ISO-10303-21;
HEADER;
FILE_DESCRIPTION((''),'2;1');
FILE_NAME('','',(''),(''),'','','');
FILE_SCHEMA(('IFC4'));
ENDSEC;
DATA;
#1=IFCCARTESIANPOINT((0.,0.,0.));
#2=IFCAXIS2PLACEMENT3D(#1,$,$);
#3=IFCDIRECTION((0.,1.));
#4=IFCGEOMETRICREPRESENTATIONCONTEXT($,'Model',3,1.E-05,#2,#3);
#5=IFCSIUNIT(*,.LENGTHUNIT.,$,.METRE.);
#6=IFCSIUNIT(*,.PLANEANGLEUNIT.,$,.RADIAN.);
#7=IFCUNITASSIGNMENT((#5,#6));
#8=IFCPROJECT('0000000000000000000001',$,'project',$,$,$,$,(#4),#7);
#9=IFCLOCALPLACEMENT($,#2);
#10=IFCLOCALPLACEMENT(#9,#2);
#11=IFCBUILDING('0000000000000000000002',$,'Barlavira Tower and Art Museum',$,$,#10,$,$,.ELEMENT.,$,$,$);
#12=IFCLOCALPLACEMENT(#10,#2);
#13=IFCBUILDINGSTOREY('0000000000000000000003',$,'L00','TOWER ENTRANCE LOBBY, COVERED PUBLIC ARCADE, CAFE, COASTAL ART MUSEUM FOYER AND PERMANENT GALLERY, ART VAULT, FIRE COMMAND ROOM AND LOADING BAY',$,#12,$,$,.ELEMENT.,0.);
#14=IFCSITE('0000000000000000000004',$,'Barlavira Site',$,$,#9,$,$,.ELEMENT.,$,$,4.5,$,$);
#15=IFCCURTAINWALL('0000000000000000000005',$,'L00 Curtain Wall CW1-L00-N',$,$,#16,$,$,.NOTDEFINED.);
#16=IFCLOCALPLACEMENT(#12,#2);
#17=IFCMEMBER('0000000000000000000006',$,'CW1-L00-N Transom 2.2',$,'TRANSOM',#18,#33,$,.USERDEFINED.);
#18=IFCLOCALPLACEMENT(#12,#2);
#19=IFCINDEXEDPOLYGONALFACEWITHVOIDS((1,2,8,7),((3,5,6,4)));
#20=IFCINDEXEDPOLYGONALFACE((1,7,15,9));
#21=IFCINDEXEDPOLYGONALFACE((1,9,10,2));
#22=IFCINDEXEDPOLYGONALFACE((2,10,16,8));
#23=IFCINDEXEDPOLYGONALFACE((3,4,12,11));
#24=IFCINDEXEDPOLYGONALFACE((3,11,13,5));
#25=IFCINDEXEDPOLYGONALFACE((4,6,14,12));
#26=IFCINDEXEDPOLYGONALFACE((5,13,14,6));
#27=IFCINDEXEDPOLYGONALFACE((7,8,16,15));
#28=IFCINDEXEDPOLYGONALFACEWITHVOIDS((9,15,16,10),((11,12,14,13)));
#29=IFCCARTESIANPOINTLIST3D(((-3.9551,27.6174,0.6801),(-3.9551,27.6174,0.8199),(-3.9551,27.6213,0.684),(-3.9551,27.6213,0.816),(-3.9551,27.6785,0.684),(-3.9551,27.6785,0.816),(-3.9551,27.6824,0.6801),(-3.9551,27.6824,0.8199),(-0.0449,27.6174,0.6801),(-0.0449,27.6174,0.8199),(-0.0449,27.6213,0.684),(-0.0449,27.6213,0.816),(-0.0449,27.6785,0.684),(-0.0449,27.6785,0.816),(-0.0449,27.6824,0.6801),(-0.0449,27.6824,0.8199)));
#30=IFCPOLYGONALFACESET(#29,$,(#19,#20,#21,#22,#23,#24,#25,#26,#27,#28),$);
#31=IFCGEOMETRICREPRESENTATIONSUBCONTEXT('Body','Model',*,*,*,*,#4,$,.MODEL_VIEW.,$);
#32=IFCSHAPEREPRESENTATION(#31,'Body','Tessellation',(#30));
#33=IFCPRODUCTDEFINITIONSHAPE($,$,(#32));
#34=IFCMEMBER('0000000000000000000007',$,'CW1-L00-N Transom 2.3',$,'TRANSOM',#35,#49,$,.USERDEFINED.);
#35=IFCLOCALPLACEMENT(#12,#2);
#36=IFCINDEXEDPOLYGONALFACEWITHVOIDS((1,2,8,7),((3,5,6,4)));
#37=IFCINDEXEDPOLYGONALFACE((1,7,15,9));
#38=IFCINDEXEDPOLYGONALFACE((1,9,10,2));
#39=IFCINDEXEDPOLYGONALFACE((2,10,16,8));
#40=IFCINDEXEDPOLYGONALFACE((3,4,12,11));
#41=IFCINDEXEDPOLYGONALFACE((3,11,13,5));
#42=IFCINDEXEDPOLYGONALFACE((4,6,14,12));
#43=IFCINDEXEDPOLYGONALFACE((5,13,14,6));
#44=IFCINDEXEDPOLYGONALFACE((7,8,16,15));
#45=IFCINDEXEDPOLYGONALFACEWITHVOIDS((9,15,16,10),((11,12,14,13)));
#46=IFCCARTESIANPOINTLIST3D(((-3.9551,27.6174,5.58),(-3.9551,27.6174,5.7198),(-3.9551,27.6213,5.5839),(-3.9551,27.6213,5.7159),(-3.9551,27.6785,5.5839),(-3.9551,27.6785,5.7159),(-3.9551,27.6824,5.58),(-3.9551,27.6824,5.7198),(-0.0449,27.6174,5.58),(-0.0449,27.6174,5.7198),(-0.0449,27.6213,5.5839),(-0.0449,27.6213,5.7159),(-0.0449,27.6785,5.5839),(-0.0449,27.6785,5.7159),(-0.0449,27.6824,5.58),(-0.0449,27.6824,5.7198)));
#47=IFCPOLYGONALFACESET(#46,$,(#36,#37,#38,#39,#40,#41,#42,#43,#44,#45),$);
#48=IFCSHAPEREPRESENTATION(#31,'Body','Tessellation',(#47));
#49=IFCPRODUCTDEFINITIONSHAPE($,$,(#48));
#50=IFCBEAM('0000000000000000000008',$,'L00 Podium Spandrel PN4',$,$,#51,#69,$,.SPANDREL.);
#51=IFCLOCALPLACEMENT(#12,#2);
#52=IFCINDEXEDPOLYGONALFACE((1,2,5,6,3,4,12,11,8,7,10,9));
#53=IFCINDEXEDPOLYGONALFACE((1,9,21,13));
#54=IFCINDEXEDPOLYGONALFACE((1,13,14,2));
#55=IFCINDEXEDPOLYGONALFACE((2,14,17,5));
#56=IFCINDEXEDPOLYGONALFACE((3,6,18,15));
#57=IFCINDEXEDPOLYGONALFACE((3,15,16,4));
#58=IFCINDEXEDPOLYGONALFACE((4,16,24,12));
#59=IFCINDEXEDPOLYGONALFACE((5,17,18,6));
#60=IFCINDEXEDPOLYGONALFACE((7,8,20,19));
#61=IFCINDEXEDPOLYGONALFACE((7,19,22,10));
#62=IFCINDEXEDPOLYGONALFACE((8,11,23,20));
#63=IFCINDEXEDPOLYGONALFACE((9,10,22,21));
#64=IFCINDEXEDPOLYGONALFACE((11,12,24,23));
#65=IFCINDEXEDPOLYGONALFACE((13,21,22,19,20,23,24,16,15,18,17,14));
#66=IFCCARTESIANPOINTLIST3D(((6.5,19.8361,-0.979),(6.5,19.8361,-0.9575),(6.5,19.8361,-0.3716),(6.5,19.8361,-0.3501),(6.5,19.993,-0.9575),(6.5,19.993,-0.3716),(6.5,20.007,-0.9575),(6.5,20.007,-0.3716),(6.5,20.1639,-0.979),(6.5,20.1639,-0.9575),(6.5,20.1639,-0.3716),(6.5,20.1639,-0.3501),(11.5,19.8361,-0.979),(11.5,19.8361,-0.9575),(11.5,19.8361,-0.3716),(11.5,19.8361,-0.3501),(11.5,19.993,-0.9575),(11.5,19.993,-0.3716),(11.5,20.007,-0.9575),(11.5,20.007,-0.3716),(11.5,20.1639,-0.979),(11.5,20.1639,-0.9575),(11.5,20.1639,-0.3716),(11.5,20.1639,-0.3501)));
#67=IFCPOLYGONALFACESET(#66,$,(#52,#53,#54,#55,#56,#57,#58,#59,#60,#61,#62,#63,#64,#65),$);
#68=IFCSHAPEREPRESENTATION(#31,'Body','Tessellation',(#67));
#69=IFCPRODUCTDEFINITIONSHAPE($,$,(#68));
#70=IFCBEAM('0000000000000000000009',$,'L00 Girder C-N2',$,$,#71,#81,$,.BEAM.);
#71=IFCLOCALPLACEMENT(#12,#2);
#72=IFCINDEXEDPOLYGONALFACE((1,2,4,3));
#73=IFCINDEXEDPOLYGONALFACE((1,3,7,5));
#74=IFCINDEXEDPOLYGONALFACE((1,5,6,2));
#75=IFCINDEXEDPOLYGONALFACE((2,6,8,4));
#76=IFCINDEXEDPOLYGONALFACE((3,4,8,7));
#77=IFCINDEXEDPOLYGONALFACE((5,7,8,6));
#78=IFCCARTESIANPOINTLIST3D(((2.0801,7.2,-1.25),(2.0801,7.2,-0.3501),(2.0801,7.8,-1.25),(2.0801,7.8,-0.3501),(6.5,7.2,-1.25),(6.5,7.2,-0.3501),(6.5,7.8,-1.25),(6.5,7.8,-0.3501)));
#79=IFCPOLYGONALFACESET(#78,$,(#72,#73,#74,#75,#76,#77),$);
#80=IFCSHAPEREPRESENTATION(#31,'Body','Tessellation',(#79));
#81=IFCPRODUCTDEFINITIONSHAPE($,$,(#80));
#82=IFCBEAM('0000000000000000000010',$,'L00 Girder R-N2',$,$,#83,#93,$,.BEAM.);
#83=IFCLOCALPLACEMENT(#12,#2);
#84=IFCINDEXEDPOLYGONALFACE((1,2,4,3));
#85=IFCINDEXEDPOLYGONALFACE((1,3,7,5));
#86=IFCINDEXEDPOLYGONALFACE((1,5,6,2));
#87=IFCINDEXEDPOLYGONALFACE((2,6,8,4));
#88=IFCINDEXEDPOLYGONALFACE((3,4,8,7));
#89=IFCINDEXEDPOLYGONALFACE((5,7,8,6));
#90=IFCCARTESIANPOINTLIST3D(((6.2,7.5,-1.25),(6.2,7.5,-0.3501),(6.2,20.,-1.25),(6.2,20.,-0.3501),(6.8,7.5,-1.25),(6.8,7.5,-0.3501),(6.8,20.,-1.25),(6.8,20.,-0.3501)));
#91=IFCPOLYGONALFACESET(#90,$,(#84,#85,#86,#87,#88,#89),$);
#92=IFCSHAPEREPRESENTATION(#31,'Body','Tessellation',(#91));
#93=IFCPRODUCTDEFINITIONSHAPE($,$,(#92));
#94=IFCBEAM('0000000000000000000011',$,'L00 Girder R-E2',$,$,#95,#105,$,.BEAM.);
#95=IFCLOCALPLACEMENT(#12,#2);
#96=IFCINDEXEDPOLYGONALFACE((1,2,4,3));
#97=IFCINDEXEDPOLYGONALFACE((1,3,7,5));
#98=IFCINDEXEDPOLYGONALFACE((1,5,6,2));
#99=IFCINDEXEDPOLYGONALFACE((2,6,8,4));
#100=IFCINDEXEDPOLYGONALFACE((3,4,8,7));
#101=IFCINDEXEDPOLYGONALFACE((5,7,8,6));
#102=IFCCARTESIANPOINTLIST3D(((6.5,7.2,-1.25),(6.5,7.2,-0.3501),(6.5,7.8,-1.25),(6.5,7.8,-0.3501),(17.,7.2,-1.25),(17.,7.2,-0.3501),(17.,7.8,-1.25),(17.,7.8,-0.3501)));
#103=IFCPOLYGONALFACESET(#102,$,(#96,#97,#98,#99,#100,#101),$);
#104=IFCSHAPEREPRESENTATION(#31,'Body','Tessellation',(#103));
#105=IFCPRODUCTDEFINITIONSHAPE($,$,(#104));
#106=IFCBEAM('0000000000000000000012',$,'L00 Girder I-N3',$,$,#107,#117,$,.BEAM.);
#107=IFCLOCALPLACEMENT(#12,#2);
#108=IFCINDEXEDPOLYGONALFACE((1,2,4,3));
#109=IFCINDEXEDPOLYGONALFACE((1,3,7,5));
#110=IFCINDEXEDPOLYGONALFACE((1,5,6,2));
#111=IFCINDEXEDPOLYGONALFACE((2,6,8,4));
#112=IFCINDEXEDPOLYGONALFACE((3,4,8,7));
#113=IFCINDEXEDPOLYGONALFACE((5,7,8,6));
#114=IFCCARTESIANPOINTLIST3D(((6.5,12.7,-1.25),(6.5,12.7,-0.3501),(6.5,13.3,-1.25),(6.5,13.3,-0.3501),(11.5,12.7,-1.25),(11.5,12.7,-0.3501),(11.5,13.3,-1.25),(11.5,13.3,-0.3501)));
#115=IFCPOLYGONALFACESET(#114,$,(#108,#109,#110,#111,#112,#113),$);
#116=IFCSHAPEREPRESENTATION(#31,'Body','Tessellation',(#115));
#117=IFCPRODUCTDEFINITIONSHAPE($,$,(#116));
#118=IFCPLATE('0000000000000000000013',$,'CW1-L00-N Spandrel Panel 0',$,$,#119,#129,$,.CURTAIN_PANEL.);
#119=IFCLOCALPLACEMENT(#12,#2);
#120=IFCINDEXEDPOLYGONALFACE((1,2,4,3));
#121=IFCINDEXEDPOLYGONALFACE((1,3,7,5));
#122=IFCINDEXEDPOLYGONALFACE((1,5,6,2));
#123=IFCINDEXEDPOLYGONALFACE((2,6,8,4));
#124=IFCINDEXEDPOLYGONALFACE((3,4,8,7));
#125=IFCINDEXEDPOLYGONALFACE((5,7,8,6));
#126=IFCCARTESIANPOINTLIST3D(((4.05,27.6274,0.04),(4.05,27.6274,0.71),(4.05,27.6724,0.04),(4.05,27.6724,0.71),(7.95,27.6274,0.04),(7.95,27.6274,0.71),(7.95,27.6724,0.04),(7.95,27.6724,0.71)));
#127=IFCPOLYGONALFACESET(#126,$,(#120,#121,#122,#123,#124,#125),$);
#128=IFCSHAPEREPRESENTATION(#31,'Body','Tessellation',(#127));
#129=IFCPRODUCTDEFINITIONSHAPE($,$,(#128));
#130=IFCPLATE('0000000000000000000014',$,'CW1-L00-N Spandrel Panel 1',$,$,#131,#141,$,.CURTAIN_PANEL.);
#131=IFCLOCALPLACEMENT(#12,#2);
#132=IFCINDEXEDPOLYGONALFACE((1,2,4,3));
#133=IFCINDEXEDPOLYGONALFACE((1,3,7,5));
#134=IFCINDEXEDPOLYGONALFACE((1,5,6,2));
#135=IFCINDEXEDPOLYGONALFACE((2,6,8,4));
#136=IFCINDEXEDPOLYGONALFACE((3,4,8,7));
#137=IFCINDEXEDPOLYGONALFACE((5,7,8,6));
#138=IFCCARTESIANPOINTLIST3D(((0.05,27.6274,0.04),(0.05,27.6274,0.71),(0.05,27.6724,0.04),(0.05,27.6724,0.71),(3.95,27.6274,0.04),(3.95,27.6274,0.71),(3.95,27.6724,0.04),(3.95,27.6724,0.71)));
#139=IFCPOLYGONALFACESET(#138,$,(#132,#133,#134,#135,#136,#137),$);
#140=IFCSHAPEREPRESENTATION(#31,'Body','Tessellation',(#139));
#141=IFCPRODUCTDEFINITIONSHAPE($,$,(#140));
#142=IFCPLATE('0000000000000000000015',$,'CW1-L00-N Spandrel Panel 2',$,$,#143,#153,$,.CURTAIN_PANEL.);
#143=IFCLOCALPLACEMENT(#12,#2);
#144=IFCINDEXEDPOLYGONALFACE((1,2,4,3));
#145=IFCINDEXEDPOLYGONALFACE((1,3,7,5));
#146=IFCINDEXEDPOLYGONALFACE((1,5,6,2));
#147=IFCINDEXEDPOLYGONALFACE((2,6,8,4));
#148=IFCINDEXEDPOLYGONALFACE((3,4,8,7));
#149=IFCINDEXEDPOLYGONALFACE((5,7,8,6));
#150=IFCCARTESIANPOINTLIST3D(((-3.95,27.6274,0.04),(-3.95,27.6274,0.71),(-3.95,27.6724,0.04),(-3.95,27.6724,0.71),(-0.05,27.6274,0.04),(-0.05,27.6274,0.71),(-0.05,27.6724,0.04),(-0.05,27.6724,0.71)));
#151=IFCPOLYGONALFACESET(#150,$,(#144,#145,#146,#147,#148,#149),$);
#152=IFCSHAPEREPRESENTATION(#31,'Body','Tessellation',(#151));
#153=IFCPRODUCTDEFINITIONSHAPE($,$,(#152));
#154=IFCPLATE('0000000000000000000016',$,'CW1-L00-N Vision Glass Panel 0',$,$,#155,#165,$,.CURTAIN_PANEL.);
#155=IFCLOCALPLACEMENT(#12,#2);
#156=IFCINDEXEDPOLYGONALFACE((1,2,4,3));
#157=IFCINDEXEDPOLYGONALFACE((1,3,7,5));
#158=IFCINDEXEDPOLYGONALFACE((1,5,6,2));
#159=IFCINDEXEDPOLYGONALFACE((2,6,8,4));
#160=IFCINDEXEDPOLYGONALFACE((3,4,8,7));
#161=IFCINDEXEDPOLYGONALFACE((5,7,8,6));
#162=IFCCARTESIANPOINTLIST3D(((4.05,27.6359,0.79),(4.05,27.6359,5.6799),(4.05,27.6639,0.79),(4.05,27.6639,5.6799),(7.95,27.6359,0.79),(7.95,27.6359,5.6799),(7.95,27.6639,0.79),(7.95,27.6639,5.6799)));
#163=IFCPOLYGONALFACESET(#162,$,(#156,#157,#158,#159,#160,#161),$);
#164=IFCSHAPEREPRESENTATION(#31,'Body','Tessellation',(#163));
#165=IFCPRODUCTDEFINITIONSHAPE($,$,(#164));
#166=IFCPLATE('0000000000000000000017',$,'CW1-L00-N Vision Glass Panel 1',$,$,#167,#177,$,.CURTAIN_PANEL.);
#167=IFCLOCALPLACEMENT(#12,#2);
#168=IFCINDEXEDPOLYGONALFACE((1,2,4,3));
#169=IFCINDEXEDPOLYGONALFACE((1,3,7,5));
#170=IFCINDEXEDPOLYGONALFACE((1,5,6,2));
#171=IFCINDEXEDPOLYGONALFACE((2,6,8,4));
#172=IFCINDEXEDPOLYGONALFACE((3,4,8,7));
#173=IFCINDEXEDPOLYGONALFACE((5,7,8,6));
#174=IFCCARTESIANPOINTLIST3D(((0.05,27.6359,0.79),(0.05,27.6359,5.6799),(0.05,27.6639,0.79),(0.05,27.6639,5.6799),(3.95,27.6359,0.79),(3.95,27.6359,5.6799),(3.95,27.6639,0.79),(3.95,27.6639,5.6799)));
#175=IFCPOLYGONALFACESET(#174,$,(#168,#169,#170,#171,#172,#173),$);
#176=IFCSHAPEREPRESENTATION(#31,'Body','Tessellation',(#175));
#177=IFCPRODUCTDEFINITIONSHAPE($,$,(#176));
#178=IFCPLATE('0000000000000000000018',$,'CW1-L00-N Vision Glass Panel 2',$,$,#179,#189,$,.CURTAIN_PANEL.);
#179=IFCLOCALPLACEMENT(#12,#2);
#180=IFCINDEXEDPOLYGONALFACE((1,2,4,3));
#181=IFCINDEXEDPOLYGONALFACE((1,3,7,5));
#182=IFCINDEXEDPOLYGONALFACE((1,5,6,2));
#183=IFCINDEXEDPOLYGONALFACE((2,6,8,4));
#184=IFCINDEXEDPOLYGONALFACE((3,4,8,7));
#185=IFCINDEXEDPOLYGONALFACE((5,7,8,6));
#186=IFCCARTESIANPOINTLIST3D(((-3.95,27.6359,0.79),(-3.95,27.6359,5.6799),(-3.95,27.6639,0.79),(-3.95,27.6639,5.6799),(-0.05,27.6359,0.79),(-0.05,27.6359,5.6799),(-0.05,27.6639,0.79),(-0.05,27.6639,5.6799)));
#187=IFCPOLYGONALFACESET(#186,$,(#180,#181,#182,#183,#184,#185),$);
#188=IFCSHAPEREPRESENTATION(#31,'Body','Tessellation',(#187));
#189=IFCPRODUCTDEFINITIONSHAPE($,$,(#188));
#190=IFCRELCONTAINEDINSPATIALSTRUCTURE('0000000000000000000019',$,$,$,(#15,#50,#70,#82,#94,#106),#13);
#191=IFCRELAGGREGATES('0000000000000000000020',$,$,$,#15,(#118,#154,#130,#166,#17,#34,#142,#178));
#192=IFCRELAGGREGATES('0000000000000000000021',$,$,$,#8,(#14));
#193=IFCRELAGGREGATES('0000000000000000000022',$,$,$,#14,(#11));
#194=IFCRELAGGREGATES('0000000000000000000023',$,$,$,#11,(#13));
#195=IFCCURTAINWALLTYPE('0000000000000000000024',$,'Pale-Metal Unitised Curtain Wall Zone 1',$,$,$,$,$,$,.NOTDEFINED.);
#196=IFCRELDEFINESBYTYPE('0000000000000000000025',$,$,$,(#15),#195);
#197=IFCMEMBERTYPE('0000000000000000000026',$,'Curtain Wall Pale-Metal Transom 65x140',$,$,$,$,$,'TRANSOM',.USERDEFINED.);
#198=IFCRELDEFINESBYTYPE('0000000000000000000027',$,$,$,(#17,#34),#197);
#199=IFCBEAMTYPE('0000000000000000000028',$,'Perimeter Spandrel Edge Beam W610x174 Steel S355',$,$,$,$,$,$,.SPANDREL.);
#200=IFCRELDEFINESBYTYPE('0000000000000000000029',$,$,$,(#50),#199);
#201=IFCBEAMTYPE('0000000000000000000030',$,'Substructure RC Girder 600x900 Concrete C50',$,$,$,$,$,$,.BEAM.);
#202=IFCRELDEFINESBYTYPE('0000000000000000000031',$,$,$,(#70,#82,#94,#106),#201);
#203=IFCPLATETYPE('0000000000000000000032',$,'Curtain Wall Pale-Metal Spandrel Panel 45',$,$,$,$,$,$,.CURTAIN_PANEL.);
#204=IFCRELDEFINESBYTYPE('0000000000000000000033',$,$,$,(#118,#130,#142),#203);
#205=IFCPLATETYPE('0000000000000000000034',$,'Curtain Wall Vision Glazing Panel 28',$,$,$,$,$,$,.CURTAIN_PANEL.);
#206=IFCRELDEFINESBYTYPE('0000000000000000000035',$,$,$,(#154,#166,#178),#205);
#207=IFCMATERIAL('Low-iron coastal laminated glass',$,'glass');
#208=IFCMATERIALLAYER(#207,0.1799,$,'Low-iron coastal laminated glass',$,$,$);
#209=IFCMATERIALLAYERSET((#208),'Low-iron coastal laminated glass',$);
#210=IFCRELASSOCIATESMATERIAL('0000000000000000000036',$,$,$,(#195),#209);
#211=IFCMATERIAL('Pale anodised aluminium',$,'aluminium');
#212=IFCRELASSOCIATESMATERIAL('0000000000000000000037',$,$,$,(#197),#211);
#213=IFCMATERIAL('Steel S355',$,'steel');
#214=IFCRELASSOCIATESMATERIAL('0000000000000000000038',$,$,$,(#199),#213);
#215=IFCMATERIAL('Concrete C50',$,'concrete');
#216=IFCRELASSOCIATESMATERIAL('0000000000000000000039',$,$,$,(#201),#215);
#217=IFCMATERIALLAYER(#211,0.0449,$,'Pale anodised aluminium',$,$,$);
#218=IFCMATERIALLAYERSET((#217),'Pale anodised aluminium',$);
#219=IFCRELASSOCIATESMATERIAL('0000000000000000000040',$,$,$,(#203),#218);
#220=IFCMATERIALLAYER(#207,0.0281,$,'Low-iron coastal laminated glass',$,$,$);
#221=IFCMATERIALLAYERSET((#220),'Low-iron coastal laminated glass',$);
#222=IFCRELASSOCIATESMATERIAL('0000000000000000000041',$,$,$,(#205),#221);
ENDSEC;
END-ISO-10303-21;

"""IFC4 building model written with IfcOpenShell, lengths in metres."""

from ifc_helpers import new_model, si_unit, direction, frame, origin, origin_2d, place, context, subcontext, project, spatial, rectangle, hollow_rectangle, i_section, extrude, material, layer, layer_set, material_profile, profile_set, type_object, element, aggregate, save


model = new_model("IFC4")

# Units and contexts
model_context = context("Model", 3, precision=1e-05, world=origin(), true_north=direction((0.0, 1.0)))
body_context = subcontext(model_context, "Body", "Model", "MODEL_VIEW")
ifc_project = project(units=[si_unit("LENGTHUNIT", "METRE"), si_unit("PLANEANGLEUNIT", "RADIAN")], contexts=[model_context])

# Site, building, storey
site_placement = place(None, origin())
site = spatial("IfcSite", under=ifc_project, at=site_placement, Name="Barlavira Site", CompositionType="ELEMENT", RefElevation=4.5)
building_placement = place(site_placement, origin())
building = spatial("IfcBuilding", under=site, at=building_placement, Name="Barlavira Tower and Art Museum", CompositionType="ELEMENT")
storey_placement = place(building_placement, origin())
storey = spatial("IfcBuildingStorey", under=building, at=storey_placement, Name="L00", Description="TOWER ENTRANCE LOBBY, COVERED PUBLIC ARCADE, CAFE, COASTAL ART MUSEUM FOYER AND PERMANENT GALLERY, ART VAULT, FIRE COMMAND ROOM AND LOADING BAY", CompositionType="ELEMENT", Elevation=0.0)

# Shared definitions
ifc_material_1 = material(Name="Steel S355", Category="steel")
ifc_material_2 = material(Name="Concrete C50", Category="concrete")

# Curtain wall, members
ifc_material_3 = material(Name="Low-iron coastal laminated glass", Category="glass")
ifc_layer_1 = layer(ifc_material_3, 0.1799, Name="Low-iron coastal laminated glass")
ifc_layer_set_1 = layer_set([ifc_layer_1], Name="Low-iron coastal laminated glass")
curtain_wall_type = type_object("IfcCurtainWallType", Name="Pale-Metal Unitised Curtain Wall Zone 1", PredefinedType="NOTDEFINED", material=ifc_layer_set_1)
curtain_wall_placement = place(storey_placement, origin())
curtain_wall = element("IfcCurtainWall", 1, at=curtain_wall_placement, inside=storey, type_object=curtain_wall_type, Name="L00 Curtain Wall CW1-L00-N", PredefinedType="NOTDEFINED")
ifc_material_4 = material(Name="Pale anodised aluminium", Category="aluminium")
ifc_material_profile_1 = material_profile(ifc_material_4, hollow_rectangle(XDim=0.0649, YDim=0.1399, WallThickness=0.0039, at=origin_2d()), Name="ALU-TRAN 65x140x4")
ifc_profile_set_1 = profile_set([ifc_material_profile_1], Name="Pale anodised aluminium")
member_type_1 = type_object("IfcMemberType", Name="Curtain Wall Pale-Metal Transom 65x140", ElementType="TRANSOM", PredefinedType="USERDEFINED", material=ifc_profile_set_1)
member_1_placement = place(storey_placement, frame((-0.0449, 27.6499, 0.75), z_axis=(-1.0, 0.0, 0.0), x_axis=(0.0, -1.0, 0.0)))
member_1 = element("IfcMember", 2, at=member_1_placement, type_object=member_type_1, Name="CW1-L00-N Transom 2.2", ObjectType="TRANSOM", PredefinedType="USERDEFINED", context=body_context, shape_type="SweptSolid", body=[
    extrude(hollow_rectangle(XDim=0.0649, YDim=0.1399, WallThickness=0.0039, at=origin_2d()), origin(), (0.0, 0.0, 1.0), 3.9102),
])
member_2_placement = place(storey_placement, frame((-0.0449, 27.6499, 5.6499), z_axis=(-1.0, 0.0, 0.0), x_axis=(0.0, -1.0, 0.0)))
member_2 = element("IfcMember", 3, at=member_2_placement, type_object=member_type_1, Name="CW1-L00-N Transom 2.3", ObjectType="TRANSOM", PredefinedType="USERDEFINED", context=body_context, shape_type="SweptSolid", body=[
    extrude(hollow_rectangle(XDim=0.0649, YDim=0.1399, WallThickness=0.0039, at=origin_2d()), origin(), (0.0, 0.0, 1.0), 3.9102),
])

# Beams
ifc_material_profile_2 = material_profile(ifc_material_1, i_section(OverallWidth=0.3279, OverallDepth=0.6289, WebThickness=0.0139, FlangeThickness=0.0215, at=origin_2d()), Name="W610x174.0")
ifc_profile_set_2 = profile_set([ifc_material_profile_2], Name="Steel S355")
beam_type_1 = type_object("IfcBeamType", Name="Perimeter Spandrel Edge Beam W610x174 Steel S355", PredefinedType="SPANDREL", material=ifc_profile_set_2)
beam_1_placement = place(storey_placement, frame((6.5, 20.0, -0.6646), z_axis=(1.0, 0.0, 0.0), x_axis=(0.0, 1.0, 0.0)))
element("IfcBeam", 4, at=beam_1_placement, inside=storey, type_object=beam_type_1, Name="L00 Podium Spandrel PN4", PredefinedType="SPANDREL", context=body_context, shape_type="SweptSolid", body=[
    extrude(i_section(OverallWidth=0.3279, OverallDepth=0.6289, WebThickness=0.0139, FlangeThickness=0.0215, at=origin_2d()), origin(), (0.0, 0.0, 1.0), 5.0),
])
ifc_material_profile_3 = material_profile(ifc_material_2, rectangle(XDim=0.6001, YDim=0.8999, at=origin_2d()), Name="RC-BM 600x900")
ifc_profile_set_3 = profile_set([ifc_material_profile_3], Name="Concrete C50")
beam_type_2 = type_object("IfcBeamType", Name="Substructure RC Girder 600x900 Concrete C50", PredefinedType="BEAM", material=ifc_profile_set_3)
beam_2_placement = place(storey_placement, frame((2.0801, 7.5, -0.8), z_axis=(1.0, 0.0, 0.0), x_axis=(0.0, 1.0, 0.0)))
element("IfcBeam", 5, at=beam_2_placement, inside=storey, type_object=beam_type_2, Name="L00 Girder C-N2", PredefinedType="BEAM", context=body_context, shape_type="SweptSolid", body=[
    extrude(rectangle(XDim=0.6001, YDim=0.8999, at=origin_2d()), origin(), (0.0, 0.0, 1.0), 4.4199),
])
beam_3_placement = place(storey_placement, frame((6.5, 7.5, -0.8), z_axis=(0.0, 1.0, 0.0), x_axis=(-1.0, 0.0, 0.0)))
element("IfcBeam", 6, at=beam_3_placement, inside=storey, type_object=beam_type_2, Name="L00 Girder R-N2", PredefinedType="BEAM", context=body_context, shape_type="SweptSolid", body=[
    extrude(rectangle(XDim=0.6001, YDim=0.8999, at=origin_2d()), origin(), (0.0, 0.0, 1.0), 12.5),
])
beam_4_placement = place(storey_placement, frame((6.5, 7.5, -0.8), z_axis=(1.0, 0.0, 0.0), x_axis=(0.0, 1.0, 0.0)))
element("IfcBeam", 7, at=beam_4_placement, inside=storey, type_object=beam_type_2, Name="L00 Girder R-E2", PredefinedType="BEAM", context=body_context, shape_type="SweptSolid", body=[
    extrude(rectangle(XDim=0.6001, YDim=0.8999, at=origin_2d()), origin(), (0.0, 0.0, 1.0), 10.5),
])
beam_5_placement = place(storey_placement, frame((6.5, 13.0, -0.8), z_axis=(1.0, 0.0, 0.0), x_axis=(0.0, 1.0, 0.0)))
element("IfcBeam", 8, at=beam_5_placement, inside=storey, type_object=beam_type_2, Name="L00 Girder I-N3", PredefinedType="BEAM", context=body_context, shape_type="SweptSolid", body=[
    extrude(rectangle(XDim=0.6001, YDim=0.8999, at=origin_2d()), origin(), (0.0, 0.0, 1.0), 5.0),
])

# Plates
ifc_layer_2 = layer(ifc_material_4, 0.0449, Name="Pale anodised aluminium")
ifc_layer_set_2 = layer_set([ifc_layer_2], Name="Pale anodised aluminium")
plate_type_1 = type_object("IfcPlateType", Name="Curtain Wall Pale-Metal Spandrel Panel 45", PredefinedType="CURTAIN_PANEL", material=ifc_layer_set_2)
plate_1_placement = place(storey_placement, frame((6.0, 27.6499, 0.04), z_axis=(0.0, 0.0, 1.0), x_axis=(-1.0, 0.0, 0.0)))
plate_1 = element("IfcPlate", 9, at=plate_1_placement, type_object=plate_type_1, Name="CW1-L00-N Spandrel Panel 0", PredefinedType="CURTAIN_PANEL", context=body_context, shape_type="SweptSolid", body=[
    extrude(rectangle(XDim=3.8999, YDim=0.0449, at=origin_2d()), origin(), (0.0, 0.0, 1.0), 0.6699),
])
plate_2_placement = place(storey_placement, frame((2.0, 27.6499, 0.04), z_axis=(0.0, 0.0, 1.0), x_axis=(-1.0, 0.0, 0.0)))
plate_2 = element("IfcPlate", 10, at=plate_2_placement, type_object=plate_type_1, Name="CW1-L00-N Spandrel Panel 1", PredefinedType="CURTAIN_PANEL", context=body_context, shape_type="SweptSolid", body=[
    extrude(rectangle(XDim=3.8999, YDim=0.0449, at=origin_2d()), origin(), (0.0, 0.0, 1.0), 0.6699),
])
plate_3_placement = place(storey_placement, frame((-2.0, 27.6499, 0.04), z_axis=(0.0, 0.0, 1.0), x_axis=(-1.0, 0.0, 0.0)))
plate_3 = element("IfcPlate", 11, at=plate_3_placement, type_object=plate_type_1, Name="CW1-L00-N Spandrel Panel 2", PredefinedType="CURTAIN_PANEL", context=body_context, shape_type="SweptSolid", body=[
    extrude(rectangle(XDim=3.8999, YDim=0.0449, at=origin_2d()), origin(), (0.0, 0.0, 1.0), 0.6699),
])
ifc_layer_3 = layer(ifc_material_3, 0.0281, Name="Low-iron coastal laminated glass")
ifc_layer_set_3 = layer_set([ifc_layer_3], Name="Low-iron coastal laminated glass")
plate_type_2 = type_object("IfcPlateType", Name="Curtain Wall Vision Glazing Panel 28", PredefinedType="CURTAIN_PANEL", material=ifc_layer_set_3)
plate_4_placement = place(storey_placement, frame((6.0, 27.6499, 0.79), z_axis=(0.0, 0.0, 1.0), x_axis=(-1.0, 0.0, 0.0)))
plate_4 = element("IfcPlate", 12, at=plate_4_placement, type_object=plate_type_2, Name="CW1-L00-N Vision Glass Panel 0", PredefinedType="CURTAIN_PANEL", context=body_context, shape_type="SweptSolid", body=[
    extrude(rectangle(XDim=3.8999, YDim=0.0281, at=origin_2d()), origin(), (0.0, 0.0, 1.0), 4.8899),
])
plate_5_placement = place(storey_placement, frame((2.0, 27.6499, 0.79), z_axis=(0.0, 0.0, 1.0), x_axis=(-1.0, 0.0, 0.0)))
plate_5 = element("IfcPlate", 13, at=plate_5_placement, type_object=plate_type_2, Name="CW1-L00-N Vision Glass Panel 1", PredefinedType="CURTAIN_PANEL", context=body_context, shape_type="SweptSolid", body=[
    extrude(rectangle(XDim=3.8999, YDim=0.0281, at=origin_2d()), origin(), (0.0, 0.0, 1.0), 4.8899),
])
plate_6_placement = place(storey_placement, frame((-2.0, 27.6499, 0.79), z_axis=(0.0, 0.0, 1.0), x_axis=(-1.0, 0.0, 0.0)))
plate_6 = element("IfcPlate", 14, at=plate_6_placement, type_object=plate_type_2, Name="CW1-L00-N Vision Glass Panel 2", PredefinedType="CURTAIN_PANEL", context=body_context, shape_type="SweptSolid", body=[
    extrude(rectangle(XDim=3.8999, YDim=0.0281, at=origin_2d()), origin(), (0.0, 0.0, 1.0), 4.8899),
])
aggregate(curtain_wall, [plate_1, plate_4, plate_2, plate_5, member_1, member_2, plate_3, plate_6])

save(model, "model.ifc")
